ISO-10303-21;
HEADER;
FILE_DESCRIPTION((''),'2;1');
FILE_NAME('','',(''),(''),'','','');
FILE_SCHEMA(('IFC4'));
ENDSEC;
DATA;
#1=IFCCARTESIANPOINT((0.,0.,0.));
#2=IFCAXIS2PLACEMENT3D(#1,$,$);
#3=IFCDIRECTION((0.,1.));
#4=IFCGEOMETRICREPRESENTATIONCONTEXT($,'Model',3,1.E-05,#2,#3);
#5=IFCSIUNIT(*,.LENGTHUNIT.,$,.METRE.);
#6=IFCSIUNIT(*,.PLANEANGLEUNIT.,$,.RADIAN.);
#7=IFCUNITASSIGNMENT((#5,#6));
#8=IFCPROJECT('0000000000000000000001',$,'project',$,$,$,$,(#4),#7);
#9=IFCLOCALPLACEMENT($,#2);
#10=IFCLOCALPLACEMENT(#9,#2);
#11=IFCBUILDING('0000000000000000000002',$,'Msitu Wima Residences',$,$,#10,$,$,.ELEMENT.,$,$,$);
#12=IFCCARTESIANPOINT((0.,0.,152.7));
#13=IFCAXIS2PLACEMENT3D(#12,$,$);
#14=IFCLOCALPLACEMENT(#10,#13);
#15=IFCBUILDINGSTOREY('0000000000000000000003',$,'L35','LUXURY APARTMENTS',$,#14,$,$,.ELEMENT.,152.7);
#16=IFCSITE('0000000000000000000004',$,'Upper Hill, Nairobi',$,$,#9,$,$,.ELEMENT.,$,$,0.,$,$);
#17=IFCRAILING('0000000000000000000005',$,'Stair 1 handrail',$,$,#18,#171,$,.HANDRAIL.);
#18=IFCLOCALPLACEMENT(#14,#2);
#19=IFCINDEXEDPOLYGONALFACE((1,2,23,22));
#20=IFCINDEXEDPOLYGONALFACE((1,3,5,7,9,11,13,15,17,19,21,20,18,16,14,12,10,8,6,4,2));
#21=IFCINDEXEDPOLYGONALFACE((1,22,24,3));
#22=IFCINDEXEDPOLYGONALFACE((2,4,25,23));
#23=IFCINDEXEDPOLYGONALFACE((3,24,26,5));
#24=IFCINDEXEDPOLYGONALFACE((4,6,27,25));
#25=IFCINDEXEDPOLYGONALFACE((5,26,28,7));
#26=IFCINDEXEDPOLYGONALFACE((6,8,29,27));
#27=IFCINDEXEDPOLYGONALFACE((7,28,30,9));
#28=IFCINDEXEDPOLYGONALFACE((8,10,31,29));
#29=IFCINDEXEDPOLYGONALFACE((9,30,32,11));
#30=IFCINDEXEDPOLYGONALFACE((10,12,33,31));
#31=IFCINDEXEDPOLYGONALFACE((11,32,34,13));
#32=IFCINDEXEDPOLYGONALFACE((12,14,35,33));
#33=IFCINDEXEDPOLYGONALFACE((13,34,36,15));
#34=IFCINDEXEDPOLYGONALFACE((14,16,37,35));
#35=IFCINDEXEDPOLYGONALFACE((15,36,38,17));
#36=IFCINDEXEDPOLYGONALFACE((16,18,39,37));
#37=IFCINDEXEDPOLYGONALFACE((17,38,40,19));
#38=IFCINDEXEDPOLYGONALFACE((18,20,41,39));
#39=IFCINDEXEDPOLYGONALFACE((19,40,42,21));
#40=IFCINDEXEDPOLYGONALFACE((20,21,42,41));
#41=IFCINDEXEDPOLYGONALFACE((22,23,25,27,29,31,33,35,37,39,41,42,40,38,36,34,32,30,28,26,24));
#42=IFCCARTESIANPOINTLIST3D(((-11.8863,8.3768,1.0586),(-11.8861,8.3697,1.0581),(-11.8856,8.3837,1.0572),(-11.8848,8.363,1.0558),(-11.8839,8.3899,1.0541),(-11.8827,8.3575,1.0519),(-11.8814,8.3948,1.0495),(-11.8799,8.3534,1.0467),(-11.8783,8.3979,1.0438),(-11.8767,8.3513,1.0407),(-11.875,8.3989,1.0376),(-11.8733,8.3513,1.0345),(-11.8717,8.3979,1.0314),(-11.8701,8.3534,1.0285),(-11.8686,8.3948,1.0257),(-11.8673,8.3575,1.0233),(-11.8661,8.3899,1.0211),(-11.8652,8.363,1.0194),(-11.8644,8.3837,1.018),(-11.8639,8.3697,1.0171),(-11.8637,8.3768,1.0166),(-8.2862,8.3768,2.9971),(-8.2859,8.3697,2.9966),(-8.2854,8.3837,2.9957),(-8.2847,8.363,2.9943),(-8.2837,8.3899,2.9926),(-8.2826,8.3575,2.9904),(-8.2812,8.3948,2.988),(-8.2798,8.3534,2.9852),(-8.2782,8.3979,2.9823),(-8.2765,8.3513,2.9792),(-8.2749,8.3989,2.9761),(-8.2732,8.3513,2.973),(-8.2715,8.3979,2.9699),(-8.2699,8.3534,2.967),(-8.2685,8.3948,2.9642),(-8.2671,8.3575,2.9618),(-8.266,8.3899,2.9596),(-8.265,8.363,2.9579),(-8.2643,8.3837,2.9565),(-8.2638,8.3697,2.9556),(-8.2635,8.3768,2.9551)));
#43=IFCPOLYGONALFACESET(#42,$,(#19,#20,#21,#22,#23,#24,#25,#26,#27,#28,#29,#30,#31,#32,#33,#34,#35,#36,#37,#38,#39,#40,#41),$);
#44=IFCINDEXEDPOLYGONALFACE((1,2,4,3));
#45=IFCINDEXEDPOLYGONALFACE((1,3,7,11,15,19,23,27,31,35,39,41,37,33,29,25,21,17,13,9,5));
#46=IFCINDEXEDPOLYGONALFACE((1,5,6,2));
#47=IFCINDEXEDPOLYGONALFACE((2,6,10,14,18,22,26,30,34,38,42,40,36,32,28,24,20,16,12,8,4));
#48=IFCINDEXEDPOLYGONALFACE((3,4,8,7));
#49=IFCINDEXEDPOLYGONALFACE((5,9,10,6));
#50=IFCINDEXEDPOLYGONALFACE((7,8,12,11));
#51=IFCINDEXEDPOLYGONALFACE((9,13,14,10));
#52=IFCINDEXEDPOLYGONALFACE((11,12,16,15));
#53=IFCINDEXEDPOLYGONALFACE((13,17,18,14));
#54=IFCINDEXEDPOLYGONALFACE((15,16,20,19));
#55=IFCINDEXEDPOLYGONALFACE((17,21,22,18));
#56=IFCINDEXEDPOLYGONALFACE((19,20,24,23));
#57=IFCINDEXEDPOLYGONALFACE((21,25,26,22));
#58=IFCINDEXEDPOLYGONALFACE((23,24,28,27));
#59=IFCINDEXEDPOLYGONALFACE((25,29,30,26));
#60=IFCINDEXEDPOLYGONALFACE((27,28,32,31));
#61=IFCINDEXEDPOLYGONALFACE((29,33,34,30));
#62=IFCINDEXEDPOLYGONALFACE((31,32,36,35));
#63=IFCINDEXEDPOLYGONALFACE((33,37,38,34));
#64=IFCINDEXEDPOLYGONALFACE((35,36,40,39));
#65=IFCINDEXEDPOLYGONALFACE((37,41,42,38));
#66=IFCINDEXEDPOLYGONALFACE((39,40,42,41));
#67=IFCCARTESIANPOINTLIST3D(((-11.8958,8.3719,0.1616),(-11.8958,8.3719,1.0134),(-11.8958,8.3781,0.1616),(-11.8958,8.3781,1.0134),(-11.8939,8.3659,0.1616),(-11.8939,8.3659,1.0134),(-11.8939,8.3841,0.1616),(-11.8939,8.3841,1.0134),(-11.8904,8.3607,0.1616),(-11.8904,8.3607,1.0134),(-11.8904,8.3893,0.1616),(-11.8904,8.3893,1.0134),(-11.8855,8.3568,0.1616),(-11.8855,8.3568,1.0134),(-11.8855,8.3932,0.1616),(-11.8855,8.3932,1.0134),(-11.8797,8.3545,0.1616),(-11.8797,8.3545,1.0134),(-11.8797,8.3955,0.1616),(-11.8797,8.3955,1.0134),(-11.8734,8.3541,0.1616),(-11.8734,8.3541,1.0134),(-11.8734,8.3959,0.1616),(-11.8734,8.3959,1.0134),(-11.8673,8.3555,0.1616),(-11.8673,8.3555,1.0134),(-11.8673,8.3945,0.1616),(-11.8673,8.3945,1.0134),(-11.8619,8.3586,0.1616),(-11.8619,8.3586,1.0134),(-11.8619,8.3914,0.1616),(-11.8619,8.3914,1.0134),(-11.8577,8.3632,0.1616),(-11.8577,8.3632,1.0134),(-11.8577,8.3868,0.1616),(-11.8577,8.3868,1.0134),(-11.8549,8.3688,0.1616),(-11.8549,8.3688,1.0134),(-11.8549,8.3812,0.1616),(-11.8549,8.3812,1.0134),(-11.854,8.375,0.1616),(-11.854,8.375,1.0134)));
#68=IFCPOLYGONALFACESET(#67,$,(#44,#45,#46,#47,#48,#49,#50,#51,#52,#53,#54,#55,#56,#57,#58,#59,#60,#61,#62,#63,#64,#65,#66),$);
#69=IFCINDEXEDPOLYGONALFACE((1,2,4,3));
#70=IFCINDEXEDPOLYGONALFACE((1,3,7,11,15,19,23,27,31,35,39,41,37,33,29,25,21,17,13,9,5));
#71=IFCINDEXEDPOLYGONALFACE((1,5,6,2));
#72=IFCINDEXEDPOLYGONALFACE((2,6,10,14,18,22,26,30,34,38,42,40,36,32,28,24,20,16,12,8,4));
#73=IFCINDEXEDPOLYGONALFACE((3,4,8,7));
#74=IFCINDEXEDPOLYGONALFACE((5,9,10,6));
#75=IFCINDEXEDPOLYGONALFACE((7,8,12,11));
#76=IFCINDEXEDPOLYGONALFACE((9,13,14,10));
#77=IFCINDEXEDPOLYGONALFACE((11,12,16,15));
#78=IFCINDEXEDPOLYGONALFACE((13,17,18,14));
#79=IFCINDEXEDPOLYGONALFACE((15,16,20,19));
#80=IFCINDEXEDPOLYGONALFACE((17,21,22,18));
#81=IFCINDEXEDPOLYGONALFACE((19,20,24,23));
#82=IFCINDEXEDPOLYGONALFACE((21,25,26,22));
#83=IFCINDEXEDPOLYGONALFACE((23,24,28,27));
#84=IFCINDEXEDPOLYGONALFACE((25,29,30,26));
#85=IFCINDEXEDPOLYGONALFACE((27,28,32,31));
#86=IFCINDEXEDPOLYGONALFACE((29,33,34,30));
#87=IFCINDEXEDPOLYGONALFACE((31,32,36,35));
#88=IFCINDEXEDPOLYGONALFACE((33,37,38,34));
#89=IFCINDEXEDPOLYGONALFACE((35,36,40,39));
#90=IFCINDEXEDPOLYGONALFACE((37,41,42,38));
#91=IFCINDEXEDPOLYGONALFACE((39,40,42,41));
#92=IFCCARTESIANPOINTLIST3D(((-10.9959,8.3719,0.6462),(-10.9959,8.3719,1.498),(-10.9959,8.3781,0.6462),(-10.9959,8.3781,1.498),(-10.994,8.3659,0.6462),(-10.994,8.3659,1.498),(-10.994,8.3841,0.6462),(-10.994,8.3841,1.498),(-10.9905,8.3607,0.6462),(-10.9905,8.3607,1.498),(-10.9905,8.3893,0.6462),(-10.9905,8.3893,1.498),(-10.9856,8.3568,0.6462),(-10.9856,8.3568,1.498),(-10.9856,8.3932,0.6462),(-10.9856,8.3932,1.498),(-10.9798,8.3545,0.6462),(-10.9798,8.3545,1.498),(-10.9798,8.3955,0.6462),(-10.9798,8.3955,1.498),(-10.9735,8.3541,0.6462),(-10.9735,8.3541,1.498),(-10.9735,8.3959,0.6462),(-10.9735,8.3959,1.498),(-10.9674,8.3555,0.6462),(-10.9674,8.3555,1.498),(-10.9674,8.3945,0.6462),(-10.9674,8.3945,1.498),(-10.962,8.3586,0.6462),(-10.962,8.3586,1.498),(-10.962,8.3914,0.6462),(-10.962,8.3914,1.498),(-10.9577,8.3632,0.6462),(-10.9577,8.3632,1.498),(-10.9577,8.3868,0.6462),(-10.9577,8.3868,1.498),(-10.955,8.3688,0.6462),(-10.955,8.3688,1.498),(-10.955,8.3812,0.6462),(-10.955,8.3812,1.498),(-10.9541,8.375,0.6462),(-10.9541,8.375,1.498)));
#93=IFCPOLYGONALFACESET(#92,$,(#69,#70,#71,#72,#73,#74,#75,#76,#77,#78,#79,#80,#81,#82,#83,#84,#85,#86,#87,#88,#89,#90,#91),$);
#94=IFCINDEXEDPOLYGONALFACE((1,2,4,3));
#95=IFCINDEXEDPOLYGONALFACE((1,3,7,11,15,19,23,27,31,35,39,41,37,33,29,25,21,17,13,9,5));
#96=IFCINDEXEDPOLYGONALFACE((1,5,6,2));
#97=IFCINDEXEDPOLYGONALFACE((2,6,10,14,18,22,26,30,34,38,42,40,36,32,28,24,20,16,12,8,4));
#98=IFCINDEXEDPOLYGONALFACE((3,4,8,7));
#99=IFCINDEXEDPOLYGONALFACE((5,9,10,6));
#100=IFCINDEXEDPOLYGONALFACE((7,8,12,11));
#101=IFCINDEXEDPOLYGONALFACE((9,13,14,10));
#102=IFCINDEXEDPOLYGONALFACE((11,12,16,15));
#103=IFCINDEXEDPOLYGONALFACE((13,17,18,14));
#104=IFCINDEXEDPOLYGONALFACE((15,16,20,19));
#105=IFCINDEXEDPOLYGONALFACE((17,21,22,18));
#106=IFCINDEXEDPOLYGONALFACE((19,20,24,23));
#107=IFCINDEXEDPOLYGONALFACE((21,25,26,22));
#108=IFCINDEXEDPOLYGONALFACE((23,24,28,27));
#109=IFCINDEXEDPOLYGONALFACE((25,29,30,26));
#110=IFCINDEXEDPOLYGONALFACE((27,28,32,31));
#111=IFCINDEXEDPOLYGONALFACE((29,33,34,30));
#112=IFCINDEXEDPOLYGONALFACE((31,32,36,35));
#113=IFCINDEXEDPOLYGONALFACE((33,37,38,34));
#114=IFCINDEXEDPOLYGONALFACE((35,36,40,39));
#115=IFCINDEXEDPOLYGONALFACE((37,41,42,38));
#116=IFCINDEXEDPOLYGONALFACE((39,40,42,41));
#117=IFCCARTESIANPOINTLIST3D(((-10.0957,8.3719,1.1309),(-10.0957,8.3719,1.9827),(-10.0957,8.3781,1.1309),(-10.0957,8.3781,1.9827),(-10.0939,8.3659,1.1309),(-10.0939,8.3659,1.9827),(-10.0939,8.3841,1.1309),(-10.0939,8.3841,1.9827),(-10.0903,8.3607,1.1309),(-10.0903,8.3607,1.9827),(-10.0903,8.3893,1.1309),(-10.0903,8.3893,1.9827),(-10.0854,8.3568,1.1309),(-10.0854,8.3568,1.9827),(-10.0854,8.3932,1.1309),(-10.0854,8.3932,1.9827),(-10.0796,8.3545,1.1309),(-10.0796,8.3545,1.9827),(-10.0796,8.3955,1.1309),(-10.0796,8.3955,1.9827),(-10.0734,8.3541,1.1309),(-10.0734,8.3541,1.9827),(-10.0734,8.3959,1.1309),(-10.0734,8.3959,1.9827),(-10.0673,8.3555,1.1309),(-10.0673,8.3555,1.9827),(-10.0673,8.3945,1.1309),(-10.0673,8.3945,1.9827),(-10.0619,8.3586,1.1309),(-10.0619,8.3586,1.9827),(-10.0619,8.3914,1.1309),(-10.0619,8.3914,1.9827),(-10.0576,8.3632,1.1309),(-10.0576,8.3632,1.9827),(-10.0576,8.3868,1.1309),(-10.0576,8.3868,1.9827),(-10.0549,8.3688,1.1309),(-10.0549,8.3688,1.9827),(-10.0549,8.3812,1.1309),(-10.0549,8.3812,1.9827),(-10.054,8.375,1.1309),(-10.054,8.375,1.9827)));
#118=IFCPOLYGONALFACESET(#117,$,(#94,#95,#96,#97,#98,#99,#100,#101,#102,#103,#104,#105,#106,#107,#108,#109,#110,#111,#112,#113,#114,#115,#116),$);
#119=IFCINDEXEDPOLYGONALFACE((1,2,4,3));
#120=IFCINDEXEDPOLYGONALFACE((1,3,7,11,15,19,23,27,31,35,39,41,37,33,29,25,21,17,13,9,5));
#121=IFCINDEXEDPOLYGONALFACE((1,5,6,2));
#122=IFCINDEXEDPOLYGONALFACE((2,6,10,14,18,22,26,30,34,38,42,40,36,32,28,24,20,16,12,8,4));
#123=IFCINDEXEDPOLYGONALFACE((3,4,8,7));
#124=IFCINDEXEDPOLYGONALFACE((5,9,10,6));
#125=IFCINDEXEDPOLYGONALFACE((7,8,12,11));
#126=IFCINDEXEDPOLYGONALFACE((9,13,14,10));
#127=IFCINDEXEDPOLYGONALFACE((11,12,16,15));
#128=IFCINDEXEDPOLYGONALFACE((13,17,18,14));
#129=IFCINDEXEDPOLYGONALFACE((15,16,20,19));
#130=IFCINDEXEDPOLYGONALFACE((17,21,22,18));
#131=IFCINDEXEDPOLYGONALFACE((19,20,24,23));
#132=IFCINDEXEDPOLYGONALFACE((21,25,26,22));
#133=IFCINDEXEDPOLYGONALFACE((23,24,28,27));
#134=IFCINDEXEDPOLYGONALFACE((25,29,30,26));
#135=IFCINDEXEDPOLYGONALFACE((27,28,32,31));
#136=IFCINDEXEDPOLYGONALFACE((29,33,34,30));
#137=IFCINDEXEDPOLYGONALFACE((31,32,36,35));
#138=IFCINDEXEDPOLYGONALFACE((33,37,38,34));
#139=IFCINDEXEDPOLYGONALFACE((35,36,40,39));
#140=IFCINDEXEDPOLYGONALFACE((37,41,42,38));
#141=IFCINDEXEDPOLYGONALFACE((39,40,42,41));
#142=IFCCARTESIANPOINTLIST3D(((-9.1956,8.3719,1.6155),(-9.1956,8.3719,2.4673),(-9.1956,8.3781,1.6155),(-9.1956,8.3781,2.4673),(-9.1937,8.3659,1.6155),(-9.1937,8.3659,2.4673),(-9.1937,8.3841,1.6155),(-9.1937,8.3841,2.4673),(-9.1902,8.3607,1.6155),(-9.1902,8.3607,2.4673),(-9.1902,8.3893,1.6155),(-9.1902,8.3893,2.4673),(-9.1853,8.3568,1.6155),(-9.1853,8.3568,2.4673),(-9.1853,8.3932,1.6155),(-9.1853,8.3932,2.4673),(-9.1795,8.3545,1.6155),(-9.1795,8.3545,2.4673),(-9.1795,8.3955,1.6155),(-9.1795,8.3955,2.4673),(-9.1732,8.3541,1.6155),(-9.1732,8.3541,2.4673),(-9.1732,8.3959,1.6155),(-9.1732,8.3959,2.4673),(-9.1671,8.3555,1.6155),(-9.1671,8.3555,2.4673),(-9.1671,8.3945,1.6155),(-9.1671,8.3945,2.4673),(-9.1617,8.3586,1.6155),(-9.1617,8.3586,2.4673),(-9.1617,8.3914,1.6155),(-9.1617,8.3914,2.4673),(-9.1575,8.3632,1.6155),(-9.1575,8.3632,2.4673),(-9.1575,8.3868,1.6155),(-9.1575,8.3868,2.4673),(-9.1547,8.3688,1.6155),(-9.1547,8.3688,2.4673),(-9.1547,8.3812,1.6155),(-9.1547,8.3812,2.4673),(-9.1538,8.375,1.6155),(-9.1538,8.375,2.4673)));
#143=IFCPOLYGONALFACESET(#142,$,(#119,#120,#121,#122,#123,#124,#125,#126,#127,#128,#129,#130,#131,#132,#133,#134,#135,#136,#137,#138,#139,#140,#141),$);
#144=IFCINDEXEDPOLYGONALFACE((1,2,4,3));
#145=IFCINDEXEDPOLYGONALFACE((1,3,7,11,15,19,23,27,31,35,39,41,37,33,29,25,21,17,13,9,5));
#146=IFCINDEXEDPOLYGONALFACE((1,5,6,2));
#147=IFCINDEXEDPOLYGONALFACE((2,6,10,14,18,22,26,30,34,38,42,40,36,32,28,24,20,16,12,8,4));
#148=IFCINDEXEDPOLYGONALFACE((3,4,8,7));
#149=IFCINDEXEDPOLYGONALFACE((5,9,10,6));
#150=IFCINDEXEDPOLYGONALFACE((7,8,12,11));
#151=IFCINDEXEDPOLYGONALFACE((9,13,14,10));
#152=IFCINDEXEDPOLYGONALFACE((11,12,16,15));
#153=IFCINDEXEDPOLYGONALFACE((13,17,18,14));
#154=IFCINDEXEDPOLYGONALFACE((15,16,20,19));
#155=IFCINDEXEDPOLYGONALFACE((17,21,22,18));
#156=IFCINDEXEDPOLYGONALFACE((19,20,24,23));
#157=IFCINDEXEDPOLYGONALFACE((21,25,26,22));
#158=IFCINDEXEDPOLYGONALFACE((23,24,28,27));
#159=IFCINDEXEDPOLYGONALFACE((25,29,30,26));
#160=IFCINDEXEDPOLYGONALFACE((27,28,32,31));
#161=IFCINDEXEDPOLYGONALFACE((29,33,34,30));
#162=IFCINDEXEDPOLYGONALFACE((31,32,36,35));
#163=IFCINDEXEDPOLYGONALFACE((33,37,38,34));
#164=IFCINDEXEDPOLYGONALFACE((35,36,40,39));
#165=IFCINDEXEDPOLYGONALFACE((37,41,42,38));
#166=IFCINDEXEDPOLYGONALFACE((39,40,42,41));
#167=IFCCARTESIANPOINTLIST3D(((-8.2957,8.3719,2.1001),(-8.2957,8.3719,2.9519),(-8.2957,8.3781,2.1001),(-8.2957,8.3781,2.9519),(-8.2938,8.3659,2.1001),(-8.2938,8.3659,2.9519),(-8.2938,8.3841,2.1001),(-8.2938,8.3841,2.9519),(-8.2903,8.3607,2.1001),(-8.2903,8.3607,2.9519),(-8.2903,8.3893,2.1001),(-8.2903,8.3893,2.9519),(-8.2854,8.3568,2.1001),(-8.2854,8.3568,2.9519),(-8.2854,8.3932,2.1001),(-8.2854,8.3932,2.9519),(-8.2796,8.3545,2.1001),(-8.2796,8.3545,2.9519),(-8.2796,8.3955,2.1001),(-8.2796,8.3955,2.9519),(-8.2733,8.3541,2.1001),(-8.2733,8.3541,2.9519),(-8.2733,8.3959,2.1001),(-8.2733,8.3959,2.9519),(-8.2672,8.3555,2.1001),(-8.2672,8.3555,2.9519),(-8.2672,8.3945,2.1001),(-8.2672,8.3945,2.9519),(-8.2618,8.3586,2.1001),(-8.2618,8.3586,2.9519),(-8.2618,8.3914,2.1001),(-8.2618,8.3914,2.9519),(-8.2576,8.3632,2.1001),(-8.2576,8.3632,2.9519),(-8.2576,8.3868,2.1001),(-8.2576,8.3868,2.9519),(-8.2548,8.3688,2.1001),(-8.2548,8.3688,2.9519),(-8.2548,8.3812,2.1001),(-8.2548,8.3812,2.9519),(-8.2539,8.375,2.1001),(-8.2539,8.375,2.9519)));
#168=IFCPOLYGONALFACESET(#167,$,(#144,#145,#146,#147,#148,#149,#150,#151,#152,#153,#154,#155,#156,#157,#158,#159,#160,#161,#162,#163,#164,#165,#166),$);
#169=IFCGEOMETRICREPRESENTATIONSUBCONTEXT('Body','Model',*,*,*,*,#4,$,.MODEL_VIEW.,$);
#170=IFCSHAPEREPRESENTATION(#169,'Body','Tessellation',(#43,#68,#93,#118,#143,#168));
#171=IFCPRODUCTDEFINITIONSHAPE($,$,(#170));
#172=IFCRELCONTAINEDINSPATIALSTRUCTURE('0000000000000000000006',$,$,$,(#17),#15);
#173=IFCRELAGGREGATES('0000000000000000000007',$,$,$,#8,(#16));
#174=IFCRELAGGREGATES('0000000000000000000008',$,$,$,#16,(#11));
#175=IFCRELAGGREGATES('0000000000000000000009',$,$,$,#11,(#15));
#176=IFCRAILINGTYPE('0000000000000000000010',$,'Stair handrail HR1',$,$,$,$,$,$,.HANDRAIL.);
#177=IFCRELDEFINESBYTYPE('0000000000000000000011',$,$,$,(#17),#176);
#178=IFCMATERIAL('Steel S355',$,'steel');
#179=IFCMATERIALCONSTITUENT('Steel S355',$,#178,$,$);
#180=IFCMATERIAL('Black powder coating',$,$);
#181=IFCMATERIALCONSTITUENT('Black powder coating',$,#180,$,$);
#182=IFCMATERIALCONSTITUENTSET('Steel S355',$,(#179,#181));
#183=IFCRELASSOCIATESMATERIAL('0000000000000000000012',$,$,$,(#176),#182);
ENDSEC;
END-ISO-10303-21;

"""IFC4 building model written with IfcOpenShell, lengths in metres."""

from ifc_helpers import new_model, si_unit, direction, frame, origin, origin_2d, place, context, subcontext, project, spatial, circle, extrude, material, constituent, constituent_set, type_object, element, save


model = new_model("IFC4")

# Units and contexts
model_context = context("Model", 3, precision=1e-05, world=origin(), true_north=direction((0.0, 1.0)))
body_context = subcontext(model_context, "Body", "Model", "MODEL_VIEW")
ifc_project = project(units=[si_unit("LENGTHUNIT", "METRE"), si_unit("PLANEANGLEUNIT", "RADIAN")], contexts=[model_context])

# Site, building, storey
site_placement = place(None, origin())
site = spatial("IfcSite", under=ifc_project, at=site_placement, Name="Upper Hill, Nairobi", CompositionType="ELEMENT", RefElevation=0.0)
building_placement = place(site_placement, origin())
building = spatial("IfcBuilding", under=site, at=building_placement, Name="Msitu Wima Residences", CompositionType="ELEMENT")
storey_placement = place(building_placement, frame((0.0, 0.0, 152.7)))
storey = spatial("IfcBuildingStorey", under=building, at=storey_placement, Name="L35", Description="LUXURY APARTMENTS", CompositionType="ELEMENT", Elevation=152.7)

# Railing
ifc_material_1 = material(Name="Steel S355", Category="steel")
ifc_constituent_1 = constituent(ifc_material_1, Name="Steel S355")
ifc_material_2 = material(Name="Black powder coating")
ifc_constituent_2 = constituent(ifc_material_2, Name="Black powder coating")
ifc_constituent_set = constituent_set(constituents=[ifc_constituent_1, ifc_constituent_2], Name="Steel S355")
railing_type = type_object("IfcRailingType", Name="Stair handrail HR1", PredefinedType="HANDRAIL", material=ifc_constituent_set)
for number, where, name in (
    (1, (-11.875, 8.375, 0.1616), "Stair 1 handrail"),
):
    element("IfcRailing", number, at=place(storey_placement, frame(where)), inside=storey, type_object=railing_type, Name=name, PredefinedType="HANDRAIL", context=body_context, shape_type="SweptSolid", body=[
        extrude(circle(Radius=0.0239, at=origin_2d()), frame((0.0, 0.0, 0.876), z_axis=(0.880475, 0.0, 0.474093), x_axis=(0.0, 1.0, 0.0)), (0.0, 0.0, 1.0), 4.0889),
        extrude(circle(Radius=0.021, at=origin_2d()), origin(), (0.0, 0.0, 1.0), 0.8518),
        extrude(circle(Radius=0.021, at=origin_2d()), frame((0.8999, 0.0, 0.4846)), (0.0, 0.0, 1.0), 0.8518),
        extrude(circle(Radius=0.021, at=origin_2d()), frame((1.8, 0.0, 0.9692)), (0.0, 0.0, 1.0), 0.8518),
        extrude(circle(Radius=0.021, at=origin_2d()), frame((2.7002, 0.0, 1.4539)), (0.0, 0.0, 1.0), 0.8518),
        extrude(circle(Radius=0.021, at=origin_2d()), frame((3.6001, 0.0, 1.9385)), (0.0, 0.0, 1.0), 0.8518),
    ])

save(model, "model.ifc")
